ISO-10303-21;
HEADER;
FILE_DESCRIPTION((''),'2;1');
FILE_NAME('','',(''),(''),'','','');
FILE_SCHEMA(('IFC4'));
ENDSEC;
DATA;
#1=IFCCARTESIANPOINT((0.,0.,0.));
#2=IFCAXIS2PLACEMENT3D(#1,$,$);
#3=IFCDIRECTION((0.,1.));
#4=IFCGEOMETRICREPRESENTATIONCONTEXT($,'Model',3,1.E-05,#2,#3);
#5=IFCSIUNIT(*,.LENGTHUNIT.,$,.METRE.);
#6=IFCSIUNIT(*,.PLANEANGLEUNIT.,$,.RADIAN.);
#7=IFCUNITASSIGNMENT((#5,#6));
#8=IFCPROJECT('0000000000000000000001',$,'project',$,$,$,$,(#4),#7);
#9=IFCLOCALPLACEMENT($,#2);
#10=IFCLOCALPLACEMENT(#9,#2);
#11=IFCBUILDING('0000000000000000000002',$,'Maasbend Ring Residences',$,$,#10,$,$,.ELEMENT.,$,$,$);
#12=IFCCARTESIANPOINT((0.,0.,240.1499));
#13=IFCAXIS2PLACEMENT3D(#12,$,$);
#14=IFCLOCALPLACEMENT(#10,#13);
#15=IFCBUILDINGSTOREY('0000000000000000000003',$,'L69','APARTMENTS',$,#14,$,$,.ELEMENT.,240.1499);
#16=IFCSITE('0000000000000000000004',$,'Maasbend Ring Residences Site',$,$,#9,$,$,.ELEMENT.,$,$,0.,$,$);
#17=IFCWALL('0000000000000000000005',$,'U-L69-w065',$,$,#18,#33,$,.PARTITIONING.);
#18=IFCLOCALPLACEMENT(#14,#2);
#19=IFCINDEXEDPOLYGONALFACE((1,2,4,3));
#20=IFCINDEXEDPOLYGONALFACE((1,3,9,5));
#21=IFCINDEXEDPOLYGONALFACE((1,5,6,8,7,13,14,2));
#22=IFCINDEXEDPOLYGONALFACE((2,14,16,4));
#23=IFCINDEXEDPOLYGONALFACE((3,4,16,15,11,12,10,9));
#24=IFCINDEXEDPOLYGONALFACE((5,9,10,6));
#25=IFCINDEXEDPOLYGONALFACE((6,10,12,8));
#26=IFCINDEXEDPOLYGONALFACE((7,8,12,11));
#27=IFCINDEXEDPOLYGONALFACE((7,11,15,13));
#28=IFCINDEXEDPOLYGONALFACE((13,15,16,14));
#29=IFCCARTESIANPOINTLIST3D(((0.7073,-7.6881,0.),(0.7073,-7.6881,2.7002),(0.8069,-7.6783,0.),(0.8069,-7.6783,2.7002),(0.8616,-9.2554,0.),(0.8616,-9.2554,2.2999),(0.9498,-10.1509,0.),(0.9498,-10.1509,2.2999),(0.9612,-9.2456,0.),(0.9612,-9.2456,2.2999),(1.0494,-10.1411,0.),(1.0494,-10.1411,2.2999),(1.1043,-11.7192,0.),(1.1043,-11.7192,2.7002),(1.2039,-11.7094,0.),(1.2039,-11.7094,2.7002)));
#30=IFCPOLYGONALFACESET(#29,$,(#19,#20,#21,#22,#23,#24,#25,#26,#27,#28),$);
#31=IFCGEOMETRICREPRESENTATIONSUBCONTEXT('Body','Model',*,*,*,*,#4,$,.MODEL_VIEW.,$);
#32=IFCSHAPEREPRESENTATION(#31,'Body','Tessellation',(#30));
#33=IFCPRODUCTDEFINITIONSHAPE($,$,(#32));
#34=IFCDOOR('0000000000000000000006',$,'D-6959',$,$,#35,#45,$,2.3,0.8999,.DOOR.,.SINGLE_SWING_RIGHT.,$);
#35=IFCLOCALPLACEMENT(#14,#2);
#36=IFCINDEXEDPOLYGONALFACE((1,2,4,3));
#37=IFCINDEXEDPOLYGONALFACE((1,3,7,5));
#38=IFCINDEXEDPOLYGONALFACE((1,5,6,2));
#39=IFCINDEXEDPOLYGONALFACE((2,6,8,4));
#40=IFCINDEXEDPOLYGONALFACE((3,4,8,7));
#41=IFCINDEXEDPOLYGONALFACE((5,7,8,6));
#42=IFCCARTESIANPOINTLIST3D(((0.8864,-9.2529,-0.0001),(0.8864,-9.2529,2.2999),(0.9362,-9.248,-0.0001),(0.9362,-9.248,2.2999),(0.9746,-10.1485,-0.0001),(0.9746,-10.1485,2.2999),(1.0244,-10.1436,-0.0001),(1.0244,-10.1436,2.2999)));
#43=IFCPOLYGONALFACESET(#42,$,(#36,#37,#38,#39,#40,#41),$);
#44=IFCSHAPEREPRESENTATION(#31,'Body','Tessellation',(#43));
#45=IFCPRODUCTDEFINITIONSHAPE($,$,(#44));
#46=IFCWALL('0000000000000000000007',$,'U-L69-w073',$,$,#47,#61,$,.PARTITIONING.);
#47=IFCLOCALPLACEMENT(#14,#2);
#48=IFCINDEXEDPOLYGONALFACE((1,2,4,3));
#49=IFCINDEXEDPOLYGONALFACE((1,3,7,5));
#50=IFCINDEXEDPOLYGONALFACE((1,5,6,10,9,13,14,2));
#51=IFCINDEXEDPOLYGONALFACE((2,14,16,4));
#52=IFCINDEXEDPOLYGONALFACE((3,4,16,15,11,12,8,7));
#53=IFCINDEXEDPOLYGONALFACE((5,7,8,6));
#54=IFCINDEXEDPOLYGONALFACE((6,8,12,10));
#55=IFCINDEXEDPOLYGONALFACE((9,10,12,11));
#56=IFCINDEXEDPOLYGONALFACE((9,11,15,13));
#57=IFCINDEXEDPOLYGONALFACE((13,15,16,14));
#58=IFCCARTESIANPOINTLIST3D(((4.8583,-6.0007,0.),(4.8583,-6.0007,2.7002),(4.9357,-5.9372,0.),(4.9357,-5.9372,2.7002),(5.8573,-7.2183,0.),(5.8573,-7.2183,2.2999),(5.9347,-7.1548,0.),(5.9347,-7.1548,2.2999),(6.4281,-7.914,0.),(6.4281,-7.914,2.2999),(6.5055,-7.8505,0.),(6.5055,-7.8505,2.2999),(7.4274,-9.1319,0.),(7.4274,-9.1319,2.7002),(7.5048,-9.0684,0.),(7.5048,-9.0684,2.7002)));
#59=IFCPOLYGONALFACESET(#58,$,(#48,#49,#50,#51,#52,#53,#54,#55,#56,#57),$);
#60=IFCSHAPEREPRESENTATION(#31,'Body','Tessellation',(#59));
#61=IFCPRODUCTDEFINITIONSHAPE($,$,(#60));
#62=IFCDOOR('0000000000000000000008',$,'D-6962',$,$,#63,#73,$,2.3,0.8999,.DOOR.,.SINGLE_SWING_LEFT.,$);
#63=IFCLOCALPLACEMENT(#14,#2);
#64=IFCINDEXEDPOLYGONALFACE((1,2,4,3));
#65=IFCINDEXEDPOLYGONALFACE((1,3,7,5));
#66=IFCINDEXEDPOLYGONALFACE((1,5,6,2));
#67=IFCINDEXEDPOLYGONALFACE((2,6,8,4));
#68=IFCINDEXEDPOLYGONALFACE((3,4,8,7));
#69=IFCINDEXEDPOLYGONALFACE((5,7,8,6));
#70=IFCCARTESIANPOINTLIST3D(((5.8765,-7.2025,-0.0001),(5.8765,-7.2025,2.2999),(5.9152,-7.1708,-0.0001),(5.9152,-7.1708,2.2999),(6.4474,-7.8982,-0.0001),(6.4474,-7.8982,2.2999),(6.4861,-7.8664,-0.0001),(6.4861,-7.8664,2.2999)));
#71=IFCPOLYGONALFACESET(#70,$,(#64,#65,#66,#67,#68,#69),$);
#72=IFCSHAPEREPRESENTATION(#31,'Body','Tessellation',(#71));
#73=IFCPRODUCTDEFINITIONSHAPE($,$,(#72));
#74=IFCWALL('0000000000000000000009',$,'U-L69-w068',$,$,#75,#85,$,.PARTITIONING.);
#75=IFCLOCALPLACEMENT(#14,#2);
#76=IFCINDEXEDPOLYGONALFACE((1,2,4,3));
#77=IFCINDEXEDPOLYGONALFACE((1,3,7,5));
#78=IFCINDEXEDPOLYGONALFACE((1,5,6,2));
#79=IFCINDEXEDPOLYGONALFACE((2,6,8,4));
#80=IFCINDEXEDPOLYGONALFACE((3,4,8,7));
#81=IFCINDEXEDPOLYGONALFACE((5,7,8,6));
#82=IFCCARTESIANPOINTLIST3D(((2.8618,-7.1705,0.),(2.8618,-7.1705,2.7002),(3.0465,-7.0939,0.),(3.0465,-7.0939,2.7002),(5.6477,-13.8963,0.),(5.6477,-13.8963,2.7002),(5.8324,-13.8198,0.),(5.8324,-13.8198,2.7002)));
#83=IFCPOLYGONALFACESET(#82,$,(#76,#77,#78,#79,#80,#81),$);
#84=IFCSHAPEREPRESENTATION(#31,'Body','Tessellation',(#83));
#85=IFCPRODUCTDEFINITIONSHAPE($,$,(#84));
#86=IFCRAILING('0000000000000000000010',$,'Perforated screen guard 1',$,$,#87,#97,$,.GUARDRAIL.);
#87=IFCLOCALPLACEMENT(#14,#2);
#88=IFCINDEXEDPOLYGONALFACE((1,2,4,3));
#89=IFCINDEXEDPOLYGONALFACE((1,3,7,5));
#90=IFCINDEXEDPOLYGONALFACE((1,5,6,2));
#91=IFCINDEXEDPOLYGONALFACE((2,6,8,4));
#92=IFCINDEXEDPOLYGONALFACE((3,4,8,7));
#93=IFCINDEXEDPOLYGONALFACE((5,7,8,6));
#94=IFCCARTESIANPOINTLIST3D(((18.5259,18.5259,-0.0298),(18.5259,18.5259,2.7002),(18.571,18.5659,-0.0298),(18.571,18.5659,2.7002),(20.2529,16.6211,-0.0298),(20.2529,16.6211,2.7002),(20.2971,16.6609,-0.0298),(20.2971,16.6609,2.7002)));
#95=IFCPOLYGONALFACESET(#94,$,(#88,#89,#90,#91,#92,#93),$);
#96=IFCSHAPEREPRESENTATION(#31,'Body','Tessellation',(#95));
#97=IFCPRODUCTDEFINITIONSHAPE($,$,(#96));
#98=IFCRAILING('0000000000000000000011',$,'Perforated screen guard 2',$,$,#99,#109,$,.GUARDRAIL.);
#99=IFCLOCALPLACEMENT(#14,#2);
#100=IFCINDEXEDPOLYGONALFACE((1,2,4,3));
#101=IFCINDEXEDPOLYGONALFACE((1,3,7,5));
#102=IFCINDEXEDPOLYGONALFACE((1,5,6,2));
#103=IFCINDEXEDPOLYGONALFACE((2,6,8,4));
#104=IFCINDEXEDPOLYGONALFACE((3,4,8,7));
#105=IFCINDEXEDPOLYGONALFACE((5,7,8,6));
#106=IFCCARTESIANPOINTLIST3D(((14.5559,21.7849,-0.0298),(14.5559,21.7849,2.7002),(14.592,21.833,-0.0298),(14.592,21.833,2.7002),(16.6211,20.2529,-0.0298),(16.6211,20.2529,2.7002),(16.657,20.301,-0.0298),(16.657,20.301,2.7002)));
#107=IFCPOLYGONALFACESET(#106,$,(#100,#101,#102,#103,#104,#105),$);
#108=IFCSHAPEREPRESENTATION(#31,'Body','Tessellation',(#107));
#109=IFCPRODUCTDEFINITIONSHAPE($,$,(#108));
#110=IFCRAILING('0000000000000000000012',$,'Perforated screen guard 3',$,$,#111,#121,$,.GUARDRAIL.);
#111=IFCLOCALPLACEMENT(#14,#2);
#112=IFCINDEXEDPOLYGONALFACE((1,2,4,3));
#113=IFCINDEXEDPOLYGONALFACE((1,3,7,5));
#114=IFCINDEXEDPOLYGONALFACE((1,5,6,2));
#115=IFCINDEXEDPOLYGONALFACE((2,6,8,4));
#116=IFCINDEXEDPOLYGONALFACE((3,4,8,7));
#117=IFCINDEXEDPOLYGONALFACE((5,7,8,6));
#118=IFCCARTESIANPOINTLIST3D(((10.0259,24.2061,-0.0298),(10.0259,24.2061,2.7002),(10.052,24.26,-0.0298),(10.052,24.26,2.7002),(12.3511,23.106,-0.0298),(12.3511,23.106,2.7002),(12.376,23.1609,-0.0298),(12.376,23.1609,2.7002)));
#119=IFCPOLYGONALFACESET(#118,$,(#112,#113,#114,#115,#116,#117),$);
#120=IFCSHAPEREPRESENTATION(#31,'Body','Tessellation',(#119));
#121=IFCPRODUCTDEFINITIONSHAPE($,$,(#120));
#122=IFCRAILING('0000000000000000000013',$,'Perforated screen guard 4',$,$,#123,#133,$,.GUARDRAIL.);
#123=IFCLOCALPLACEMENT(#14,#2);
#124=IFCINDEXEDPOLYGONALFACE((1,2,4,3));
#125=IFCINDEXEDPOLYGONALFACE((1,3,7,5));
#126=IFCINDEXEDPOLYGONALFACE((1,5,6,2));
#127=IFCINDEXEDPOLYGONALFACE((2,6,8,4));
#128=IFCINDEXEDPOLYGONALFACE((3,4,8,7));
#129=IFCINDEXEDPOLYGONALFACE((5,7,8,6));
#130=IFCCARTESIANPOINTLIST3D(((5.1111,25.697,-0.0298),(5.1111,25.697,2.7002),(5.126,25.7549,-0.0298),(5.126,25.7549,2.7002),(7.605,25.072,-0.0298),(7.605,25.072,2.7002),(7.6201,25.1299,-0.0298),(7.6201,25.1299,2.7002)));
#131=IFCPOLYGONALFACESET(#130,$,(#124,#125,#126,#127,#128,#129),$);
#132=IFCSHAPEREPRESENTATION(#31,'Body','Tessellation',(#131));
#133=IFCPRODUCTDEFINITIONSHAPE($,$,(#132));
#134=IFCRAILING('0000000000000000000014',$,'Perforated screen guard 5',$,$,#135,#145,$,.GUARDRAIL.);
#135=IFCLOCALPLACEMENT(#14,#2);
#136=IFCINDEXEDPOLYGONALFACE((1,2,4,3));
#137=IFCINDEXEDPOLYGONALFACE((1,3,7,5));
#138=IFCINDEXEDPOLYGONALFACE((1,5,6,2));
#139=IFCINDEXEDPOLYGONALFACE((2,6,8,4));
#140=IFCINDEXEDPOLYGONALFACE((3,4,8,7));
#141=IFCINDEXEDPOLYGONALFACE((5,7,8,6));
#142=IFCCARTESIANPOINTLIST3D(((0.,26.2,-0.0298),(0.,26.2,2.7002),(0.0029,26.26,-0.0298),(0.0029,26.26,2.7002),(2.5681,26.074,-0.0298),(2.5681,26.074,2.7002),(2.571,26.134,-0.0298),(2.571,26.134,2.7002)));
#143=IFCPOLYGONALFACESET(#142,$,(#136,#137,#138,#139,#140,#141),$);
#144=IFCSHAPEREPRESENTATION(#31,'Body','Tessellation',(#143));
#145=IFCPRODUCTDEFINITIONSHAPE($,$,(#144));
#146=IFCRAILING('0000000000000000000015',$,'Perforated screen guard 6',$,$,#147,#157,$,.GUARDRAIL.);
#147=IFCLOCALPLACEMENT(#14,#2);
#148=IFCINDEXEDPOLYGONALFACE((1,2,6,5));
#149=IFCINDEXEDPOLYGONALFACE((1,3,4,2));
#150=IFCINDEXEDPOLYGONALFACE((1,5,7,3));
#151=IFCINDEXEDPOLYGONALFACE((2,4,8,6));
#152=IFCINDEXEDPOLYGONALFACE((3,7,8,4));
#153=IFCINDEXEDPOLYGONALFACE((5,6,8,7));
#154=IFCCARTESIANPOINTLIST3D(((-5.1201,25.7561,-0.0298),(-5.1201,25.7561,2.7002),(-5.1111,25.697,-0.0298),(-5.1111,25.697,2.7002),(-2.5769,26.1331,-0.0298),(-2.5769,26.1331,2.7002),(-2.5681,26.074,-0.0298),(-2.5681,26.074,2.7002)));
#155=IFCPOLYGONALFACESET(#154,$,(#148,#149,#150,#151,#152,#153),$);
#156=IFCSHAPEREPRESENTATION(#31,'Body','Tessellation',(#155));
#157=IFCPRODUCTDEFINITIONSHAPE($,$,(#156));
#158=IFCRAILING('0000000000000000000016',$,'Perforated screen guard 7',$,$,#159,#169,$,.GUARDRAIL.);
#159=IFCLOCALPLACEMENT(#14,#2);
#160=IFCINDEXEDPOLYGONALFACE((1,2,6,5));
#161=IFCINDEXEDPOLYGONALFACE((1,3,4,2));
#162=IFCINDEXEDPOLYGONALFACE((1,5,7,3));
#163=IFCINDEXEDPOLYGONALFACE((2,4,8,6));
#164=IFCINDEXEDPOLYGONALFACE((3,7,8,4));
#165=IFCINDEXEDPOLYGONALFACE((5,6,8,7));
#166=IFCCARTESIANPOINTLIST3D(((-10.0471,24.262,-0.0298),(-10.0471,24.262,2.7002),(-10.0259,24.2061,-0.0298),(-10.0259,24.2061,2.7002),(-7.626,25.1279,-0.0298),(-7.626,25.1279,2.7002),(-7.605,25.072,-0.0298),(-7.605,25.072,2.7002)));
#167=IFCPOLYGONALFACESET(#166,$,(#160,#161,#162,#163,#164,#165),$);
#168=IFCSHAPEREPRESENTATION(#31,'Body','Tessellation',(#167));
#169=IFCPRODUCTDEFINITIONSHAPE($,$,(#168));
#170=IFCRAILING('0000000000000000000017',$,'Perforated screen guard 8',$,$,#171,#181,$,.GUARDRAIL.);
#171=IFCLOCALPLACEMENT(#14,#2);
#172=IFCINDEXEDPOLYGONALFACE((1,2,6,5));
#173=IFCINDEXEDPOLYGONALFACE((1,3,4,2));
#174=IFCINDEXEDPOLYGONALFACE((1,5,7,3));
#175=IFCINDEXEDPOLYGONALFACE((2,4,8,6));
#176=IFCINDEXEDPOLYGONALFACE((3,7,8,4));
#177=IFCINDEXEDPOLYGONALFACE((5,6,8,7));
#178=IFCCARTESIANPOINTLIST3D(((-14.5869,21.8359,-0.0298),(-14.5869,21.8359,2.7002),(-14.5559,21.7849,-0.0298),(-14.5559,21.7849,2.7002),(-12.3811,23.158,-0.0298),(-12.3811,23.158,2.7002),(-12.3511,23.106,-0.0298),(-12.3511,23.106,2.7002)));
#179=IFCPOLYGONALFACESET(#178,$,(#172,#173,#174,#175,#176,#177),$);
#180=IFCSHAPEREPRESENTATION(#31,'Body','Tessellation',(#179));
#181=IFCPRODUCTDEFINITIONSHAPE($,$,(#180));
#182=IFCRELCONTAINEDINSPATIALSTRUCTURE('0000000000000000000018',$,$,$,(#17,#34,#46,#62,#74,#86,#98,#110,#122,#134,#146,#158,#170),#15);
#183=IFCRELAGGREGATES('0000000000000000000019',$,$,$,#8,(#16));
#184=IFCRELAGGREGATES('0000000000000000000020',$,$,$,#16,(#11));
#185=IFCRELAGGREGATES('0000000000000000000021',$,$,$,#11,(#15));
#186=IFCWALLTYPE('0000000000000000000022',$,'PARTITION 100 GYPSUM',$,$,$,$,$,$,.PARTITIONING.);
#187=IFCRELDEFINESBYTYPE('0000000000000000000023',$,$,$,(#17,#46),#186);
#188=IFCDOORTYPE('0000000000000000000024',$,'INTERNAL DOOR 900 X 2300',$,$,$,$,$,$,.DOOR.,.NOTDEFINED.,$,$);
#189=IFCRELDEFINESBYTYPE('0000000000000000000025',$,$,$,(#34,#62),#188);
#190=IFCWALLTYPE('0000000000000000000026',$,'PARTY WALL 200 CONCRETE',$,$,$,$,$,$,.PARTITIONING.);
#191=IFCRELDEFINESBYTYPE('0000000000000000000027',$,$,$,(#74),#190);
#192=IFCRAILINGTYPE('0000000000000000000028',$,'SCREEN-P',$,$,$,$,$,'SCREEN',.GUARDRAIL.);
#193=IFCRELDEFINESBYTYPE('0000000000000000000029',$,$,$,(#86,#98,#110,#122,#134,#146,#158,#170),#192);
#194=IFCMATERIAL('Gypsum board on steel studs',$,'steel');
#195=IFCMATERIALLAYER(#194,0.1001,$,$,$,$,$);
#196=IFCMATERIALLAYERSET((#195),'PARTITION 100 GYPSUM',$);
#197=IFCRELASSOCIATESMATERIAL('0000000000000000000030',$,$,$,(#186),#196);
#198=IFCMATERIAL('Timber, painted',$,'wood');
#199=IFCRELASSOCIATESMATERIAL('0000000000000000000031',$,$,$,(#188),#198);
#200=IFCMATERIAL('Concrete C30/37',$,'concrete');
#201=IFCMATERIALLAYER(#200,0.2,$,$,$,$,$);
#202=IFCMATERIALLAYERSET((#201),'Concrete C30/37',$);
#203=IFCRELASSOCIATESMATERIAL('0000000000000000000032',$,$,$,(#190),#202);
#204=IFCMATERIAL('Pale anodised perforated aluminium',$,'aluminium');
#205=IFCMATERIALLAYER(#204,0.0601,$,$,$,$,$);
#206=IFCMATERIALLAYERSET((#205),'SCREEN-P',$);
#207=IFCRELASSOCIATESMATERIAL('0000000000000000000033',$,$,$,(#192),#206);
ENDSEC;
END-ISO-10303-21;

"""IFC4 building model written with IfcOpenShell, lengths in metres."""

from ifc_helpers import new_model, si_unit, direction, frame, frame_2d, origin, place, context, subcontext, project, spatial, polyline, rectangle, outline, extrude, material, layer, layer_set, type_object, element, fill, save


model = new_model("IFC4")

# Units and contexts
model_context = context("Model", 3, precision=1e-05, world=origin(), true_north=direction((0.0, 1.0)))
body_context = subcontext(model_context, "Body", "Model", "MODEL_VIEW")
ifc_project = project(units=[si_unit("LENGTHUNIT", "METRE"), si_unit("PLANEANGLEUNIT", "RADIAN")], contexts=[model_context])

# Site, building, storey
site_placement = place(None, origin())
site = spatial("IfcSite", under=ifc_project, at=site_placement, Name="Maasbend Ring Residences Site", CompositionType="ELEMENT", RefElevation=0.0)
building_placement = place(site_placement, origin())
building = spatial("IfcBuilding", under=site, at=building_placement, Name="Maasbend Ring Residences", CompositionType="ELEMENT")
storey_placement = place(building_placement, frame((0.0, 0.0, 240.1499)))
storey = spatial("IfcBuildingStorey", under=building, at=storey_placement, Name="L69", Description="APARTMENTS", CompositionType="ELEMENT", Elevation=240.1499)

# Walls, openings, doors
ifc_material_1 = material(Name="Gypsum board on steel studs", Category="steel")
ifc_layer_1 = layer(ifc_material_1, 0.1001)
ifc_layer_set_1 = layer_set([ifc_layer_1], Name="PARTITION 100 GYPSUM")
wall_type_1 = type_object("IfcWallType", Name="PARTITION 100 GYPSUM", PredefinedType="PARTITIONING", material=ifc_layer_set_1)
wall_1_placement = place(storey_placement, frame((0.7571, -7.6831, 0.0), z_axis=(0.0, 0.0, 1.0), x_axis=(0.098006, -0.995186, 0.0)))
wall_1 = element("IfcWall", 1, at=wall_1_placement, inside=storey, type_object=wall_type_1, Name="U-L69-w065", PredefinedType="PARTITIONING", context=body_context, shape_type="SweptSolid", body=[
    extrude(rectangle(XDim=4.0505, YDim=0.1001, at=frame_2d((2.0254, 0.0))), origin(), (0.0, 0.0, 1.0), 2.7002),
])
opening_1_placement = place(wall_1_placement, frame((1.575, 0.0, 0.0)))
opening_1 = element("IfcOpeningElement", 2, at=opening_1_placement, cuts=wall_1, PredefinedType="OPENING", context=body_context, shape_type="SweptSolid", body=[
    extrude(rectangle(XDim=0.8999, YDim=2.3, at=frame_2d((0.45, 1.1499))), frame((0.0, 0.0601, 0.0), z_axis=(0.0, -1.0, 0.0), x_axis=(1.0, 0.0, 0.0)), (0.0, 0.0, 1.0), 0.1201),
])
ifc_material_2 = material(Name="Timber, painted", Category="wood")
door_type = type_object("IfcDoorType", Name="INTERNAL DOOR 900 X 2300", OperationType="NOTDEFINED", PredefinedType="DOOR", material=ifc_material_2)
door_1_placement = place(opening_1_placement, origin())
door_1 = element("IfcDoor", 3, at=door_1_placement, inside=storey, type_object=door_type, Name="D-6959", OperationType="SINGLE_SWING_RIGHT", OverallHeight=2.3, OverallWidth=0.8999, PredefinedType="DOOR", context=body_context, shape_type="SweptSolid", body=[
    extrude(rectangle(XDim=0.8999, YDim=2.3, at=frame_2d((0.45, 1.1499))), frame((0.0, 0.0249, 0.0), z_axis=(0.0, -1.0, 0.0), x_axis=(1.0, 0.0, 0.0)), (0.0, 0.0, 1.0), 0.05),
])
fill(opening_1, door_1)
wall_2_placement = place(storey_placement, frame((4.897, -5.969, 0.0), z_axis=(0.0, 0.0, 1.0), x_axis=(0.634314, -0.773076, 0.0)))
wall_2 = element("IfcWall", 4, at=wall_2_placement, inside=storey, type_object=wall_type_1, Name="U-L69-w073", PredefinedType="PARTITIONING", context=body_context, shape_type="SweptSolid", body=[
    extrude(rectangle(XDim=4.0503, YDim=0.1001, at=frame_2d((2.0251, 0.0))), origin(), (0.0, 0.0, 1.0), 2.7002),
])
opening_2_placement = place(wall_2_placement, frame((1.575, 0.0, 0.0)))
opening_2 = element("IfcOpeningElement", 5, at=opening_2_placement, cuts=wall_2, PredefinedType="OPENING", context=body_context, shape_type="SweptSolid", body=[
    extrude(rectangle(XDim=0.8999, YDim=2.3, at=frame_2d((0.45, 1.1499))), frame((0.0, 0.0601, 0.0), z_axis=(0.0, -1.0, 0.0), x_axis=(1.0, 0.0, 0.0)), (0.0, 0.0, 1.0), 0.1201),
])
door_2_placement = place(opening_2_placement, origin())
door_2 = element("IfcDoor", 6, at=door_2_placement, inside=storey, type_object=door_type, Name="D-6962", OperationType="SINGLE_SWING_LEFT", OverallHeight=2.3, OverallWidth=0.8999, PredefinedType="DOOR", context=body_context, shape_type="SweptSolid", body=[
    extrude(rectangle(XDim=0.8999, YDim=2.3, at=frame_2d((0.45, 1.1499))), frame((0.0, 0.0249, 0.0), z_axis=(0.0, -1.0, 0.0), x_axis=(1.0, 0.0, 0.0)), (0.0, 0.0, 1.0), 0.05),
])
fill(opening_2, door_2)

# Wall
ifc_material_3 = material(Name="Concrete C30/37", Category="concrete")
ifc_layer_2 = layer(ifc_material_3, 0.2)
ifc_layer_set_2 = layer_set([ifc_layer_2], Name="Concrete C30/37")
wall_type_2 = type_object("IfcWallType", Name="PARTY WALL 200 CONCRETE", PredefinedType="PARTITIONING", material=ifc_layer_set_2)
wall_3_placement = place(storey_placement, frame((2.9541, -7.1321, 0.0), z_axis=(0.0, 0.0, 1.0), x_axis=(0.382679, -0.923882, 0.0)))
element("IfcWall", 7, at=wall_3_placement, inside=storey, type_object=wall_type_2, Name="U-L69-w068", PredefinedType="PARTITIONING", context=body_context, shape_type="SweptSolid", body=[
    extrude(rectangle(XDim=7.28, YDim=0.2, at=frame_2d((3.6401, 0.0))), origin(), (0.0, 0.0, 1.0), 2.7002),
])

# Railings
ifc_material_4 = material(Name="Pale anodised perforated aluminium", Category="aluminium")
ifc_layer_3 = layer(ifc_material_4, 0.0601)
ifc_layer_set_3 = layer_set([ifc_layer_3], Name="SCREEN-P")
railing_type = type_object("IfcRailingType", Name="SCREEN-P", ElementType="SCREEN", PredefinedType="GUARDRAIL", material=ifc_layer_set_3)
railing_1_placement = place(storey_placement, frame((0.0, 0.0, -0.0298)))
element("IfcRailing", 8, at=railing_1_placement, inside=storey, type_object=railing_type, Name="Perforated screen guard 1", PredefinedType="GUARDRAIL", context=body_context, shape_type="SweptSolid", body=[
    extrude(outline(polyline([(20.2529, 16.6211), (18.5259, 18.5259), (18.571, 18.5659), (20.2971, 16.6609), (20.2529, 16.6211)])), origin(), (0.0, 0.0, 1.0), 2.73),
])
railing_2_placement = place(storey_placement, frame((0.0, 0.0, -0.0298)))
element("IfcRailing", 9, at=railing_2_placement, inside=storey, type_object=railing_type, Name="Perforated screen guard 2", PredefinedType="GUARDRAIL", context=body_context, shape_type="SweptSolid", body=[
    extrude(outline(polyline([(16.6211, 20.2529), (14.5559, 21.7849), (14.592, 21.833), (16.657, 20.301), (16.6211, 20.2529)])), origin(), (0.0, 0.0, 1.0), 2.73),
])
railing_3_placement = place(storey_placement, frame((0.0, 0.0, -0.0298)))
element("IfcRailing", 10, at=railing_3_placement, inside=storey, type_object=railing_type, Name="Perforated screen guard 3", PredefinedType="GUARDRAIL", context=body_context, shape_type="SweptSolid", body=[
    extrude(outline(polyline([(12.3511, 23.106), (10.0259, 24.2061), (10.052, 24.26), (12.376, 23.1609), (12.3511, 23.106)])), origin(), (0.0, 0.0, 1.0), 2.73),
])
railing_4_placement = place(storey_placement, frame((0.0, 0.0, -0.0298)))
element("IfcRailing", 11, at=railing_4_placement, inside=storey, type_object=railing_type, Name="Perforated screen guard 4", PredefinedType="GUARDRAIL", context=body_context, shape_type="SweptSolid", body=[
    extrude(outline(polyline([(7.605, 25.072), (5.1111, 25.697), (5.126, 25.7549), (7.6201, 25.1299), (7.605, 25.072)])), origin(), (0.0, 0.0, 1.0), 2.73),
])
railing_5_placement = place(storey_placement, frame((0.0, 0.0, -0.0298)))
element("IfcRailing", 12, at=railing_5_placement, inside=storey, type_object=railing_type, Name="Perforated screen guard 5", PredefinedType="GUARDRAIL", context=body_context, shape_type="SweptSolid", body=[
    extrude(outline(polyline([(2.5681, 26.074), (0.0, 26.2), (0.0029, 26.26), (2.571, 26.134), (2.5681, 26.074)])), origin(), (0.0, 0.0, 1.0), 2.73),
])
railing_6_placement = place(storey_placement, frame((0.0, 0.0, -0.0298)))
element("IfcRailing", 13, at=railing_6_placement, inside=storey, type_object=railing_type, Name="Perforated screen guard 6", PredefinedType="GUARDRAIL", context=body_context, shape_type="SweptSolid", body=[
    extrude(outline(polyline([(-2.5681, 26.074), (-5.1111, 25.697), (-5.1201, 25.7561), (-2.5769, 26.1331), (-2.5681, 26.074)])), origin(), (0.0, 0.0, 1.0), 2.73),
])
railing_7_placement = place(storey_placement, frame((0.0, 0.0, -0.0298)))
element("IfcRailing", 14, at=railing_7_placement, inside=storey, type_object=railing_type, Name="Perforated screen guard 7", PredefinedType="GUARDRAIL", context=body_context, shape_type="SweptSolid", body=[
    extrude(outline(polyline([(-7.605, 25.072), (-10.0259, 24.2061), (-10.0471, 24.262), (-7.626, 25.1279), (-7.605, 25.072)])), origin(), (0.0, 0.0, 1.0), 2.73),
])
railing_8_placement = place(storey_placement, frame((0.0, 0.0, -0.0298)))
element("IfcRailing", 15, at=railing_8_placement, inside=storey, type_object=railing_type, Name="Perforated screen guard 8", PredefinedType="GUARDRAIL", context=body_context, shape_type="SweptSolid", body=[
    extrude(outline(polyline([(-12.3511, 23.106), (-14.5559, 21.7849), (-14.5869, 21.8359), (-12.3811, 23.158), (-12.3511, 23.106)])), origin(), (0.0, 0.0, 1.0), 2.73),
])

save(model, "model.ifc")
